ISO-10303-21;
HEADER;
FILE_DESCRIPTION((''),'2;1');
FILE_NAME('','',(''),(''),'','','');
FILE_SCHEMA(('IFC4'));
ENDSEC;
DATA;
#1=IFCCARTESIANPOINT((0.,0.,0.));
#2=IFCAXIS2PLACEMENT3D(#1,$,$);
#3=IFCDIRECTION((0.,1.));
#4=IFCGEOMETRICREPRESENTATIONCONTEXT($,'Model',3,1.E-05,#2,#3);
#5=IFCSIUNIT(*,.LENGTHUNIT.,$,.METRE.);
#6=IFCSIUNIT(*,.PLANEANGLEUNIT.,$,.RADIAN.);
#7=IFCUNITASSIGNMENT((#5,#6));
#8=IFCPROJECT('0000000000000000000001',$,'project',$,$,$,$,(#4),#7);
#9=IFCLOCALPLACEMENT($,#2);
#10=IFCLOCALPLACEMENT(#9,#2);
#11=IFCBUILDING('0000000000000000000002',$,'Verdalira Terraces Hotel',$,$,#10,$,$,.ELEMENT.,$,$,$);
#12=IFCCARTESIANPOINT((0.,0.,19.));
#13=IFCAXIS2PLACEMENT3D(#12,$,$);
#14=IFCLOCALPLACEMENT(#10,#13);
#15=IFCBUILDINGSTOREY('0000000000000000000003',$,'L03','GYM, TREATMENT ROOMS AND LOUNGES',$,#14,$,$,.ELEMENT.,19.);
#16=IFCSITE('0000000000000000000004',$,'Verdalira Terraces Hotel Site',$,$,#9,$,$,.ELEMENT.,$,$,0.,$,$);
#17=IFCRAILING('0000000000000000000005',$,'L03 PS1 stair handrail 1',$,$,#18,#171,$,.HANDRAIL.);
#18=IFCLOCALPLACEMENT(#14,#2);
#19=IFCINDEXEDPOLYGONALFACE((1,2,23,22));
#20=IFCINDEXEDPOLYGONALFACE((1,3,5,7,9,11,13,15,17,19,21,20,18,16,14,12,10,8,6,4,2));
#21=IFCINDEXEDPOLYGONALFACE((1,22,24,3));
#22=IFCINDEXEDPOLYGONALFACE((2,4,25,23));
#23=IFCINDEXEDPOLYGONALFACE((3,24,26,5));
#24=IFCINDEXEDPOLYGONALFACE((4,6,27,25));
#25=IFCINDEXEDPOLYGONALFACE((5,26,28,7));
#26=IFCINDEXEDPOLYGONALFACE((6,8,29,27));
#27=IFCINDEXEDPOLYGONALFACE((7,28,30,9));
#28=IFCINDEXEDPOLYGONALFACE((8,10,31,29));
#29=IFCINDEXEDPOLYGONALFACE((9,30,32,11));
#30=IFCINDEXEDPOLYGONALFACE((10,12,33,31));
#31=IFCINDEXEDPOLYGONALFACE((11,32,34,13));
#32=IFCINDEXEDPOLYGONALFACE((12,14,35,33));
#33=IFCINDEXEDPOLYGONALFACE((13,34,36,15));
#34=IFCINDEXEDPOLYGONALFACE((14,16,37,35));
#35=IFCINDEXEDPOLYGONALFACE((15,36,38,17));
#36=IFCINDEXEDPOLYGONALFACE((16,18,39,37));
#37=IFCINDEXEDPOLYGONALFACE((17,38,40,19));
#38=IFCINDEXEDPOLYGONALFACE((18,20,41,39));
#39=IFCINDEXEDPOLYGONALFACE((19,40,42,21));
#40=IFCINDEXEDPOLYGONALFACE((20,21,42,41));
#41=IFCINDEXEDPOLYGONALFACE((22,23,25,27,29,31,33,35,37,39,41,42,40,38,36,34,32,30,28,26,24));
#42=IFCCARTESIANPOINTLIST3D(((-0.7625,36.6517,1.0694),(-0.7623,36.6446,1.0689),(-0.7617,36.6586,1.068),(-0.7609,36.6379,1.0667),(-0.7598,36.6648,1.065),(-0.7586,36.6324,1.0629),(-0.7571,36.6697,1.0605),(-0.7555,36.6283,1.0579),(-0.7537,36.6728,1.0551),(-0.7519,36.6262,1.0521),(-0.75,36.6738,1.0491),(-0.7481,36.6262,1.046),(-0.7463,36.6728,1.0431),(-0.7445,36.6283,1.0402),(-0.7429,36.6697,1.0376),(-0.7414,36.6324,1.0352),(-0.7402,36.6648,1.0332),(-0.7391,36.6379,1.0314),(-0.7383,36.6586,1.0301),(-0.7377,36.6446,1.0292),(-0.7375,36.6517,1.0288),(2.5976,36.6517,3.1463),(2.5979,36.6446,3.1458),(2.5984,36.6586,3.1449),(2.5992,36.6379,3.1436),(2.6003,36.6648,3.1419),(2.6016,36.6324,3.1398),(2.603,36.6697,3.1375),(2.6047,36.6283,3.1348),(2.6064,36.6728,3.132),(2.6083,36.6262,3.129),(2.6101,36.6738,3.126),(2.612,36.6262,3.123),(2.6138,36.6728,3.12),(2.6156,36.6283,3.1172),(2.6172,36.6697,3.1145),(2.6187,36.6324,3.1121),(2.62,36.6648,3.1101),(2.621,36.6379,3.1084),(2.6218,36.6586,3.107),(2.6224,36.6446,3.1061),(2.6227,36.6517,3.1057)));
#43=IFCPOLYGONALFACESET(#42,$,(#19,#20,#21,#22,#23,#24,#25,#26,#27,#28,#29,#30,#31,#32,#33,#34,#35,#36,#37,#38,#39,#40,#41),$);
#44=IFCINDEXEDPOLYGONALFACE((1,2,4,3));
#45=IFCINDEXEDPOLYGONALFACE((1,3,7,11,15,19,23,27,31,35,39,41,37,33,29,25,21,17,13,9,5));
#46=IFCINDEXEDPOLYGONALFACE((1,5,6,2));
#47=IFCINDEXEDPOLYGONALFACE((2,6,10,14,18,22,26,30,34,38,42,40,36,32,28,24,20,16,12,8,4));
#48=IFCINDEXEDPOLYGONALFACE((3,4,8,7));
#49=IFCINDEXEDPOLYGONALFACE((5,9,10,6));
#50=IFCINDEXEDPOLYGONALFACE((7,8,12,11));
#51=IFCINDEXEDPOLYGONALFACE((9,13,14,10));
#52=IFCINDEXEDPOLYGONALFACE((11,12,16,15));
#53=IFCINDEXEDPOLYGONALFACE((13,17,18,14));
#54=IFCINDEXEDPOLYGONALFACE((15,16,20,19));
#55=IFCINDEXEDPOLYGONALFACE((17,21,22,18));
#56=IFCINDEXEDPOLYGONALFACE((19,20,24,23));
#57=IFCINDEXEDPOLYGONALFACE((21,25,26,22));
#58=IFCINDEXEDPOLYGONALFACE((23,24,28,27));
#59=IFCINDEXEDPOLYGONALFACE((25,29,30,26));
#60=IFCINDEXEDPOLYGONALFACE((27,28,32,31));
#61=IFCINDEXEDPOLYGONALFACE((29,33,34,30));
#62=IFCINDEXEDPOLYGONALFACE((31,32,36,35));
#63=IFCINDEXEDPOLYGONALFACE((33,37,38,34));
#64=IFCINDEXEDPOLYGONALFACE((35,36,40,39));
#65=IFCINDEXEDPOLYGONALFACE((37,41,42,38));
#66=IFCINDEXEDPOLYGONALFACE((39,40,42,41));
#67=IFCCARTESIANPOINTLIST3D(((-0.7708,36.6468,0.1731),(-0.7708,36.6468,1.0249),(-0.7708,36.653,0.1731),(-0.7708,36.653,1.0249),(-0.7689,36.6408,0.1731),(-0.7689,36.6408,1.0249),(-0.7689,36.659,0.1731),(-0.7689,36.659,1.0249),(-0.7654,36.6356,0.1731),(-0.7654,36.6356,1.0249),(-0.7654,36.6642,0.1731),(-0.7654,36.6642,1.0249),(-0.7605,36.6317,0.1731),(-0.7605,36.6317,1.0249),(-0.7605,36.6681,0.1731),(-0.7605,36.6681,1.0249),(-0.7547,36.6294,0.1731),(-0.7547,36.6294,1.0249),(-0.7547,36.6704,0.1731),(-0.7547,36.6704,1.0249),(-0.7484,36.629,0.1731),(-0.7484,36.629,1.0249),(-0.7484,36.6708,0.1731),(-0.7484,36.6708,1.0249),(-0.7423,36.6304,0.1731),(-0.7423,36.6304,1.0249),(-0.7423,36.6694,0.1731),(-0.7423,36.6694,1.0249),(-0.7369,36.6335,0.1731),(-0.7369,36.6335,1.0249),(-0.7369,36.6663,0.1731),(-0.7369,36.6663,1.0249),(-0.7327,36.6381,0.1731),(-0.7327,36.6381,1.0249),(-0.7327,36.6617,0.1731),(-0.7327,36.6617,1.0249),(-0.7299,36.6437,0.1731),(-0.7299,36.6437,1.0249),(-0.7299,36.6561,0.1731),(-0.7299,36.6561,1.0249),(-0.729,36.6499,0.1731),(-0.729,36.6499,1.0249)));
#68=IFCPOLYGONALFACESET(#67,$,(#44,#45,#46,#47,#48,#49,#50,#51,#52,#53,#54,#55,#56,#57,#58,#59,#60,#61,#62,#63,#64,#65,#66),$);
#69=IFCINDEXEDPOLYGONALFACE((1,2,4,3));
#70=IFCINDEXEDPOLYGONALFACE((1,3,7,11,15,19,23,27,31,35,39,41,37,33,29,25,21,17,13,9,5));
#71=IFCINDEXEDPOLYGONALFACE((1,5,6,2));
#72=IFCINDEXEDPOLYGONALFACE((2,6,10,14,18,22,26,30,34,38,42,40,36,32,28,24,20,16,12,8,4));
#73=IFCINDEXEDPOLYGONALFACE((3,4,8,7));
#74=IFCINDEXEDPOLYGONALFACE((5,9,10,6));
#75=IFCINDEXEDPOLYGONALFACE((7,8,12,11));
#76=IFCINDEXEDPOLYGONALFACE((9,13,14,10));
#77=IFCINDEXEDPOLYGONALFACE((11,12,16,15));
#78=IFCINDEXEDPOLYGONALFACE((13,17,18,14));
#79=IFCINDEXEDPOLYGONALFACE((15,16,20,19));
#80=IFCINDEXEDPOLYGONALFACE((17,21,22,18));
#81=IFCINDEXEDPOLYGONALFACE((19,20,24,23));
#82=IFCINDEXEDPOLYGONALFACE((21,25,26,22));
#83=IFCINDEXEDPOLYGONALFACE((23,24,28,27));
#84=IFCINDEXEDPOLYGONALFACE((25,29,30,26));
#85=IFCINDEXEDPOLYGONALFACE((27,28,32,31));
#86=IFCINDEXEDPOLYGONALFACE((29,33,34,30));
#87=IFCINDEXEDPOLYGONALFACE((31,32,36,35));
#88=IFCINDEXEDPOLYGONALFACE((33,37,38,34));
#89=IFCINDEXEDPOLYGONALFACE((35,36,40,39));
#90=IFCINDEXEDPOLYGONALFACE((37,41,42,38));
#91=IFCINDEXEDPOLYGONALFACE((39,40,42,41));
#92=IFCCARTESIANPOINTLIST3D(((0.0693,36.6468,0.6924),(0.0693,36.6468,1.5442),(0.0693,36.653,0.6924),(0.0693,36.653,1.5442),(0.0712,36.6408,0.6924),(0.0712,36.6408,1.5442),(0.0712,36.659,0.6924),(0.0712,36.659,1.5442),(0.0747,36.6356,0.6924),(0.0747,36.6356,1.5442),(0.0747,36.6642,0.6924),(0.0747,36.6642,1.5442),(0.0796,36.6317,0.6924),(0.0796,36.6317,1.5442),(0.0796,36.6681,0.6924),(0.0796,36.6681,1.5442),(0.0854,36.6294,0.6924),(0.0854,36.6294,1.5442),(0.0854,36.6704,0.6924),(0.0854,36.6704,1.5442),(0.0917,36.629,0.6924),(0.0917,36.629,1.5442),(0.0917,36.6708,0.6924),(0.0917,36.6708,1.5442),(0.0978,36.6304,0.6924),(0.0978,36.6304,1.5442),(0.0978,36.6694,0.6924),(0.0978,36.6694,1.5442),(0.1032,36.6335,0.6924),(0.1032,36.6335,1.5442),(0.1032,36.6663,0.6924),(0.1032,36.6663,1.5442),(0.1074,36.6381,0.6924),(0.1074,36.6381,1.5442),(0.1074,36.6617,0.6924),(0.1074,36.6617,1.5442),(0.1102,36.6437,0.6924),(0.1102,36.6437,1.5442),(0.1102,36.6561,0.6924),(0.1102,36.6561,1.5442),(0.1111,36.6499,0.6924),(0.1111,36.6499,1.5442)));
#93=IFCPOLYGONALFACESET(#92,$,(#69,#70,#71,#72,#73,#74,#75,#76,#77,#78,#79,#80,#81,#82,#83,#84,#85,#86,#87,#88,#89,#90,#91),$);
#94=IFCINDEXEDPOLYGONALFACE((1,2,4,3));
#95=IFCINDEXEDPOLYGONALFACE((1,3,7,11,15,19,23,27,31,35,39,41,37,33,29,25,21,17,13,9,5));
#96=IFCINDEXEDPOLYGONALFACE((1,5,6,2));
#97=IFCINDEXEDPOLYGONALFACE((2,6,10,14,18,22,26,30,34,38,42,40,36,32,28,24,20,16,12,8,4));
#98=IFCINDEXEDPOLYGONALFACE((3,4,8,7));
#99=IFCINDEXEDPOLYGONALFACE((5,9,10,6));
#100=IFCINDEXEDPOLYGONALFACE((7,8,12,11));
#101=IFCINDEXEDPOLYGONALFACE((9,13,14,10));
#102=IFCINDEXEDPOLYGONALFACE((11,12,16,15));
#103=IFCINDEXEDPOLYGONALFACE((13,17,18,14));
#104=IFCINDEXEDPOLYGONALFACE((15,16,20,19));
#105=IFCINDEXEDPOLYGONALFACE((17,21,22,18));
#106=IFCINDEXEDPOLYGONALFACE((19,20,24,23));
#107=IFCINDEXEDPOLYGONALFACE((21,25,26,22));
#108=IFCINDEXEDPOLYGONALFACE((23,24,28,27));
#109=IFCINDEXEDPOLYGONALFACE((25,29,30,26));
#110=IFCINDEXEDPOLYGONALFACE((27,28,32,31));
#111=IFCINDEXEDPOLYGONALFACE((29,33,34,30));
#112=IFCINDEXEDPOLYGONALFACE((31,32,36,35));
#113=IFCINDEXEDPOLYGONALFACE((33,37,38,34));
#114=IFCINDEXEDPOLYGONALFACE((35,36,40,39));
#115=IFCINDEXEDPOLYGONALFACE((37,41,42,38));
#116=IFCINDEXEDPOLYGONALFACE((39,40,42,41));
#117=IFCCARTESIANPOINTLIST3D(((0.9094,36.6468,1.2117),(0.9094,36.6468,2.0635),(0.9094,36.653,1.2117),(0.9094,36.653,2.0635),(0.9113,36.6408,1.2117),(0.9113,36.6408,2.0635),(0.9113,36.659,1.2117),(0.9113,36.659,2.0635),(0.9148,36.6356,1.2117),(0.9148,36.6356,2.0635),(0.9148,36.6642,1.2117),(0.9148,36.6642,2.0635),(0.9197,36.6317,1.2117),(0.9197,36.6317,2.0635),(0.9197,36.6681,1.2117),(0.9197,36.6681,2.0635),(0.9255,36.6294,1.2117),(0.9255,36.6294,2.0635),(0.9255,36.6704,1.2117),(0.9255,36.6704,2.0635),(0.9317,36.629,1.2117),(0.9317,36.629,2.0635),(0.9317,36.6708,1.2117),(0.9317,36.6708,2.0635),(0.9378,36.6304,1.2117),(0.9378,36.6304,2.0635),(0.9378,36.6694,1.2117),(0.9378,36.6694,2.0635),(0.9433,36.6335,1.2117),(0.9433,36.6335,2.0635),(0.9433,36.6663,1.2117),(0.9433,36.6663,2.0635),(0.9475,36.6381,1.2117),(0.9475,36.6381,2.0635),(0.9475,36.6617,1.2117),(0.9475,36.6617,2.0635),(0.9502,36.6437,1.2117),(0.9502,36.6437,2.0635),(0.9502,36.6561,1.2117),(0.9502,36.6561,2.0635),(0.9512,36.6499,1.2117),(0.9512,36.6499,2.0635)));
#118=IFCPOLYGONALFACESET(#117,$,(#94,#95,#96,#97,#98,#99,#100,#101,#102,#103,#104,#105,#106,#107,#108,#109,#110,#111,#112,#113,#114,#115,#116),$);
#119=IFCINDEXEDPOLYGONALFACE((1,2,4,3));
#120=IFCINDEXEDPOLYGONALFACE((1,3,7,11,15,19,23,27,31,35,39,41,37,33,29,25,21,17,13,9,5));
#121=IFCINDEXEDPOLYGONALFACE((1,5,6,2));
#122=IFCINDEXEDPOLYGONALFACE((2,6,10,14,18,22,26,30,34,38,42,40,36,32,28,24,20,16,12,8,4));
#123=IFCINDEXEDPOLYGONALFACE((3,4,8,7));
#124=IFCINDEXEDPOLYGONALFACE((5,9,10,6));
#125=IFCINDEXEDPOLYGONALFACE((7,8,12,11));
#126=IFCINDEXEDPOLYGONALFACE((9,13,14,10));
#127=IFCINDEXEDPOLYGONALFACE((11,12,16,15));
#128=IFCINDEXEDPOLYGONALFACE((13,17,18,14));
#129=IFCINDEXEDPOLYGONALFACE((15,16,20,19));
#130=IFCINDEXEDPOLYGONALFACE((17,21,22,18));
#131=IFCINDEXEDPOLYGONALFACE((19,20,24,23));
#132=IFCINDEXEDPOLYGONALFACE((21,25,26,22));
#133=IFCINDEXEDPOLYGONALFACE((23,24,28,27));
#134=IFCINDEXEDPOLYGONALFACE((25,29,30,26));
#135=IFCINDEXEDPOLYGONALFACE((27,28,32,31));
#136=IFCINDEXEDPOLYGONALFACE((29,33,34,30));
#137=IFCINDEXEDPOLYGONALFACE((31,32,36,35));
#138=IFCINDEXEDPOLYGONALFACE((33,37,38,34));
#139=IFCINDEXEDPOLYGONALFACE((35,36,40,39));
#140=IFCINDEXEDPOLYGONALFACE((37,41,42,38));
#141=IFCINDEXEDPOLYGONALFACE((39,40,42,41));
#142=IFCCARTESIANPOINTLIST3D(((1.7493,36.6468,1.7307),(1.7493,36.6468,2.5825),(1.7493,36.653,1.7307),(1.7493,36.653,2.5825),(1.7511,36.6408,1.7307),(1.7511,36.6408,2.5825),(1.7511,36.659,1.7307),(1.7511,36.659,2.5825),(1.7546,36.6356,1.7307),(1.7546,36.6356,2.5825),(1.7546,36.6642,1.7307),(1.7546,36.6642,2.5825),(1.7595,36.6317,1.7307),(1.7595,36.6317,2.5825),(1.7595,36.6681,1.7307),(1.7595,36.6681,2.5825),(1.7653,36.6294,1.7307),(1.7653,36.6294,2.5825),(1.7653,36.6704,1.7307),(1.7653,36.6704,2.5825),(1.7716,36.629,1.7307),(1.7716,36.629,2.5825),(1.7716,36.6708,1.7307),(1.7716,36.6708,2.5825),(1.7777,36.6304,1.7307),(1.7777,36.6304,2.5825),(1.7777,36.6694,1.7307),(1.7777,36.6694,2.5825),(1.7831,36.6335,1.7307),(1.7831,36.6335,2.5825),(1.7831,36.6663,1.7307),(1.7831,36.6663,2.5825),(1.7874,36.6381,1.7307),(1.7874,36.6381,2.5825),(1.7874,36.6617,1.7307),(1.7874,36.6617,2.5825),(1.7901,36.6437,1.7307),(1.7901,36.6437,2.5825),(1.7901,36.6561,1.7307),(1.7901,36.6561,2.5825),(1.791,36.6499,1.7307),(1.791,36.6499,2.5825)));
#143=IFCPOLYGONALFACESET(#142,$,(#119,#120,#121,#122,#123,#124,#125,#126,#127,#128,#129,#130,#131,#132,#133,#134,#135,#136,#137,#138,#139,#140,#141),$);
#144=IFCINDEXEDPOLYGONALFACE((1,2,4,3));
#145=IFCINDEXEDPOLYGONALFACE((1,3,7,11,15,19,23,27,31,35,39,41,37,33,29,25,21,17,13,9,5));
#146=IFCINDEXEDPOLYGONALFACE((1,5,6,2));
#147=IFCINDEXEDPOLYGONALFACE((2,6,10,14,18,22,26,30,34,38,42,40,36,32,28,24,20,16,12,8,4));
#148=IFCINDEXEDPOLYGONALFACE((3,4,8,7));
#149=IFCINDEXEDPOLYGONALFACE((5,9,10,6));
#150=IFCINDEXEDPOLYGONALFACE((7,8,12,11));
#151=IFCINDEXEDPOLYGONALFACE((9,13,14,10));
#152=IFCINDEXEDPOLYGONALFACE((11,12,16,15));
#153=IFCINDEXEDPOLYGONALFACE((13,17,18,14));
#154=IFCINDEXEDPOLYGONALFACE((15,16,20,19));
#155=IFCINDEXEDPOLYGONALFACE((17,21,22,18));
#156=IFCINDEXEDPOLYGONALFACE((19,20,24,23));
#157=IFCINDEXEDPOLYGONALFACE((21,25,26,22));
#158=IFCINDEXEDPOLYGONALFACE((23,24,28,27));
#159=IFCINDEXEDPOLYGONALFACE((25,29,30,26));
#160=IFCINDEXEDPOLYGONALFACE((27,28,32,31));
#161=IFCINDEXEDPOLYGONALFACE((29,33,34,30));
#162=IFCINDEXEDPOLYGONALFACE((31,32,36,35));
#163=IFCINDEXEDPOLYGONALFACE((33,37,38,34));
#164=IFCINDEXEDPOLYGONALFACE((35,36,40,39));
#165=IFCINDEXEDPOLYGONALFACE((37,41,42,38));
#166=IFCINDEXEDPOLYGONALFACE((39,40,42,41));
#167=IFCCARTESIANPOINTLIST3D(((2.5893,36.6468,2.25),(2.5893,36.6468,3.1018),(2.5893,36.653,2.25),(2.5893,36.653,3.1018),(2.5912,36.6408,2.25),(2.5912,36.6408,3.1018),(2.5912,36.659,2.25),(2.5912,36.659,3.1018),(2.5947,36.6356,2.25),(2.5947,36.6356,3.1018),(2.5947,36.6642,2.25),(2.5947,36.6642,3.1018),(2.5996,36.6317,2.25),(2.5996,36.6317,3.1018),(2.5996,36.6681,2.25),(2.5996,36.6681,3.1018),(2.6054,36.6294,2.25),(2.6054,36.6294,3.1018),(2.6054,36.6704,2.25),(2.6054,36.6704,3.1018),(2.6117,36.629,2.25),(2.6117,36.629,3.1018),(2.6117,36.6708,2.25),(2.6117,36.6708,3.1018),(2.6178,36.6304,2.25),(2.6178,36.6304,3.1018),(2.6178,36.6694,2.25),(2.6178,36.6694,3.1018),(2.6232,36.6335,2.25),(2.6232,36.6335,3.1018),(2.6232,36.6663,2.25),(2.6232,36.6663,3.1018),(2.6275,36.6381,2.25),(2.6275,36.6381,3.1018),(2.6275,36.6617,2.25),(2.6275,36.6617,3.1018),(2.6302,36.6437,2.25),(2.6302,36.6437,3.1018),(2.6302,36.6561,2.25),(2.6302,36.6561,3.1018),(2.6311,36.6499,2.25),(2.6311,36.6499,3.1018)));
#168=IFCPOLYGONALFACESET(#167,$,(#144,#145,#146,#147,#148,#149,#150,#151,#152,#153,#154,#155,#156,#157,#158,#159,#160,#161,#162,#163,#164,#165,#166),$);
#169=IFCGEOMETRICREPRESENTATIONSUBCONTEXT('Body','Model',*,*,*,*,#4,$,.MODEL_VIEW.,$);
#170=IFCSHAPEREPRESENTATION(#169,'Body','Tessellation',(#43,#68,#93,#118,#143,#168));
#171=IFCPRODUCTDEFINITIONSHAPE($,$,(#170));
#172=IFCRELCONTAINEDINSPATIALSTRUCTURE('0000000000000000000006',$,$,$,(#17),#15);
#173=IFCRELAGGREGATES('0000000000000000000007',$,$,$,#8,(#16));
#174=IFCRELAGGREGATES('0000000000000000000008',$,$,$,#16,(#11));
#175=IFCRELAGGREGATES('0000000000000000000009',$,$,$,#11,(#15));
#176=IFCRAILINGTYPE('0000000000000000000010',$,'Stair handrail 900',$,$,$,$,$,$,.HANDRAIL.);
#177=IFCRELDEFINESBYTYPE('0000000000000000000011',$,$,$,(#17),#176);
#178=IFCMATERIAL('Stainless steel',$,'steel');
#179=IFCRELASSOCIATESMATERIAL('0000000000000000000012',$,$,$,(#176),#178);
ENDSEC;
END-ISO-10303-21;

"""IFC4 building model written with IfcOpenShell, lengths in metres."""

from ifc_helpers import new_model, si_unit, direction, frame, origin, origin_2d, place, context, subcontext, project, spatial, circle, extrude, material, type_object, element, save


model = new_model("IFC4")

# Units and contexts
model_context = context("Model", 3, precision=1e-05, world=origin(), true_north=direction((0.0, 1.0)))
body_context = subcontext(model_context, "Body", "Model", "MODEL_VIEW")
ifc_project = project(units=[si_unit("LENGTHUNIT", "METRE"), si_unit("PLANEANGLEUNIT", "RADIAN")], contexts=[model_context])

# Site, building, storey
site_placement = place(None, origin())
site = spatial("IfcSite", under=ifc_project, at=site_placement, Name="Verdalira Terraces Hotel Site", CompositionType="ELEMENT", RefElevation=0.0)
building_placement = place(site_placement, origin())
building = spatial("IfcBuilding", under=site, at=building_placement, Name="Verdalira Terraces Hotel", CompositionType="ELEMENT")
storey_placement = place(building_placement, frame((0.0, 0.0, 19.0)))
storey = spatial("IfcBuildingStorey", under=building, at=storey_placement, Name="L03", Description="GYM, TREATMENT ROOMS AND LOUNGES", CompositionType="ELEMENT", Elevation=19.0)

# Railing
ifc_material_1 = material(Name="Stainless steel", Category="steel")
railing_type_1 = type_object("IfcRailingType", Name="Stair handrail 900", PredefinedType="HANDRAIL", material=ifc_material_1)
railing_1_placement = place(storey_placement, frame((-0.75, 36.6499, 0.1731)))
element("IfcRailing", 1, at=railing_1_placement, inside=storey, type_object=railing_type_1, Name="L03 PS1 stair handrail 1", PredefinedType="HANDRAIL", context=body_context, shape_type="SweptSolid", body=[
    extrude(circle(Radius=0.0239, at=origin_2d()), frame((0.0, 0.0, 0.876), z_axis=(0.850623, 0.0, 0.525776), x_axis=(0.0, 1.0, 0.0)), (0.0, 0.0, 1.0), 3.9502),
    extrude(circle(Radius=0.021, at=origin_2d()), origin(), (0.0, 0.0, 1.0), 0.8518),
    extrude(circle(Radius=0.021, at=origin_2d()), frame((0.8401, 0.0, 0.5193)), (0.0, 0.0, 1.0), 0.8518),
    extrude(circle(Radius=0.021, at=origin_2d()), frame((1.6802, 0.0, 1.0386)), (0.0, 0.0, 1.0), 0.8518),
    extrude(circle(Radius=0.021, at=origin_2d()), frame((2.52, 0.0, 1.5576)), (0.0, 0.0, 1.0), 0.8518),
    extrude(circle(Radius=0.021, at=origin_2d()), frame((3.3601, 0.0, 2.0769)), (0.0, 0.0, 1.0), 0.8518),
])

save(model, "model.ifc")
